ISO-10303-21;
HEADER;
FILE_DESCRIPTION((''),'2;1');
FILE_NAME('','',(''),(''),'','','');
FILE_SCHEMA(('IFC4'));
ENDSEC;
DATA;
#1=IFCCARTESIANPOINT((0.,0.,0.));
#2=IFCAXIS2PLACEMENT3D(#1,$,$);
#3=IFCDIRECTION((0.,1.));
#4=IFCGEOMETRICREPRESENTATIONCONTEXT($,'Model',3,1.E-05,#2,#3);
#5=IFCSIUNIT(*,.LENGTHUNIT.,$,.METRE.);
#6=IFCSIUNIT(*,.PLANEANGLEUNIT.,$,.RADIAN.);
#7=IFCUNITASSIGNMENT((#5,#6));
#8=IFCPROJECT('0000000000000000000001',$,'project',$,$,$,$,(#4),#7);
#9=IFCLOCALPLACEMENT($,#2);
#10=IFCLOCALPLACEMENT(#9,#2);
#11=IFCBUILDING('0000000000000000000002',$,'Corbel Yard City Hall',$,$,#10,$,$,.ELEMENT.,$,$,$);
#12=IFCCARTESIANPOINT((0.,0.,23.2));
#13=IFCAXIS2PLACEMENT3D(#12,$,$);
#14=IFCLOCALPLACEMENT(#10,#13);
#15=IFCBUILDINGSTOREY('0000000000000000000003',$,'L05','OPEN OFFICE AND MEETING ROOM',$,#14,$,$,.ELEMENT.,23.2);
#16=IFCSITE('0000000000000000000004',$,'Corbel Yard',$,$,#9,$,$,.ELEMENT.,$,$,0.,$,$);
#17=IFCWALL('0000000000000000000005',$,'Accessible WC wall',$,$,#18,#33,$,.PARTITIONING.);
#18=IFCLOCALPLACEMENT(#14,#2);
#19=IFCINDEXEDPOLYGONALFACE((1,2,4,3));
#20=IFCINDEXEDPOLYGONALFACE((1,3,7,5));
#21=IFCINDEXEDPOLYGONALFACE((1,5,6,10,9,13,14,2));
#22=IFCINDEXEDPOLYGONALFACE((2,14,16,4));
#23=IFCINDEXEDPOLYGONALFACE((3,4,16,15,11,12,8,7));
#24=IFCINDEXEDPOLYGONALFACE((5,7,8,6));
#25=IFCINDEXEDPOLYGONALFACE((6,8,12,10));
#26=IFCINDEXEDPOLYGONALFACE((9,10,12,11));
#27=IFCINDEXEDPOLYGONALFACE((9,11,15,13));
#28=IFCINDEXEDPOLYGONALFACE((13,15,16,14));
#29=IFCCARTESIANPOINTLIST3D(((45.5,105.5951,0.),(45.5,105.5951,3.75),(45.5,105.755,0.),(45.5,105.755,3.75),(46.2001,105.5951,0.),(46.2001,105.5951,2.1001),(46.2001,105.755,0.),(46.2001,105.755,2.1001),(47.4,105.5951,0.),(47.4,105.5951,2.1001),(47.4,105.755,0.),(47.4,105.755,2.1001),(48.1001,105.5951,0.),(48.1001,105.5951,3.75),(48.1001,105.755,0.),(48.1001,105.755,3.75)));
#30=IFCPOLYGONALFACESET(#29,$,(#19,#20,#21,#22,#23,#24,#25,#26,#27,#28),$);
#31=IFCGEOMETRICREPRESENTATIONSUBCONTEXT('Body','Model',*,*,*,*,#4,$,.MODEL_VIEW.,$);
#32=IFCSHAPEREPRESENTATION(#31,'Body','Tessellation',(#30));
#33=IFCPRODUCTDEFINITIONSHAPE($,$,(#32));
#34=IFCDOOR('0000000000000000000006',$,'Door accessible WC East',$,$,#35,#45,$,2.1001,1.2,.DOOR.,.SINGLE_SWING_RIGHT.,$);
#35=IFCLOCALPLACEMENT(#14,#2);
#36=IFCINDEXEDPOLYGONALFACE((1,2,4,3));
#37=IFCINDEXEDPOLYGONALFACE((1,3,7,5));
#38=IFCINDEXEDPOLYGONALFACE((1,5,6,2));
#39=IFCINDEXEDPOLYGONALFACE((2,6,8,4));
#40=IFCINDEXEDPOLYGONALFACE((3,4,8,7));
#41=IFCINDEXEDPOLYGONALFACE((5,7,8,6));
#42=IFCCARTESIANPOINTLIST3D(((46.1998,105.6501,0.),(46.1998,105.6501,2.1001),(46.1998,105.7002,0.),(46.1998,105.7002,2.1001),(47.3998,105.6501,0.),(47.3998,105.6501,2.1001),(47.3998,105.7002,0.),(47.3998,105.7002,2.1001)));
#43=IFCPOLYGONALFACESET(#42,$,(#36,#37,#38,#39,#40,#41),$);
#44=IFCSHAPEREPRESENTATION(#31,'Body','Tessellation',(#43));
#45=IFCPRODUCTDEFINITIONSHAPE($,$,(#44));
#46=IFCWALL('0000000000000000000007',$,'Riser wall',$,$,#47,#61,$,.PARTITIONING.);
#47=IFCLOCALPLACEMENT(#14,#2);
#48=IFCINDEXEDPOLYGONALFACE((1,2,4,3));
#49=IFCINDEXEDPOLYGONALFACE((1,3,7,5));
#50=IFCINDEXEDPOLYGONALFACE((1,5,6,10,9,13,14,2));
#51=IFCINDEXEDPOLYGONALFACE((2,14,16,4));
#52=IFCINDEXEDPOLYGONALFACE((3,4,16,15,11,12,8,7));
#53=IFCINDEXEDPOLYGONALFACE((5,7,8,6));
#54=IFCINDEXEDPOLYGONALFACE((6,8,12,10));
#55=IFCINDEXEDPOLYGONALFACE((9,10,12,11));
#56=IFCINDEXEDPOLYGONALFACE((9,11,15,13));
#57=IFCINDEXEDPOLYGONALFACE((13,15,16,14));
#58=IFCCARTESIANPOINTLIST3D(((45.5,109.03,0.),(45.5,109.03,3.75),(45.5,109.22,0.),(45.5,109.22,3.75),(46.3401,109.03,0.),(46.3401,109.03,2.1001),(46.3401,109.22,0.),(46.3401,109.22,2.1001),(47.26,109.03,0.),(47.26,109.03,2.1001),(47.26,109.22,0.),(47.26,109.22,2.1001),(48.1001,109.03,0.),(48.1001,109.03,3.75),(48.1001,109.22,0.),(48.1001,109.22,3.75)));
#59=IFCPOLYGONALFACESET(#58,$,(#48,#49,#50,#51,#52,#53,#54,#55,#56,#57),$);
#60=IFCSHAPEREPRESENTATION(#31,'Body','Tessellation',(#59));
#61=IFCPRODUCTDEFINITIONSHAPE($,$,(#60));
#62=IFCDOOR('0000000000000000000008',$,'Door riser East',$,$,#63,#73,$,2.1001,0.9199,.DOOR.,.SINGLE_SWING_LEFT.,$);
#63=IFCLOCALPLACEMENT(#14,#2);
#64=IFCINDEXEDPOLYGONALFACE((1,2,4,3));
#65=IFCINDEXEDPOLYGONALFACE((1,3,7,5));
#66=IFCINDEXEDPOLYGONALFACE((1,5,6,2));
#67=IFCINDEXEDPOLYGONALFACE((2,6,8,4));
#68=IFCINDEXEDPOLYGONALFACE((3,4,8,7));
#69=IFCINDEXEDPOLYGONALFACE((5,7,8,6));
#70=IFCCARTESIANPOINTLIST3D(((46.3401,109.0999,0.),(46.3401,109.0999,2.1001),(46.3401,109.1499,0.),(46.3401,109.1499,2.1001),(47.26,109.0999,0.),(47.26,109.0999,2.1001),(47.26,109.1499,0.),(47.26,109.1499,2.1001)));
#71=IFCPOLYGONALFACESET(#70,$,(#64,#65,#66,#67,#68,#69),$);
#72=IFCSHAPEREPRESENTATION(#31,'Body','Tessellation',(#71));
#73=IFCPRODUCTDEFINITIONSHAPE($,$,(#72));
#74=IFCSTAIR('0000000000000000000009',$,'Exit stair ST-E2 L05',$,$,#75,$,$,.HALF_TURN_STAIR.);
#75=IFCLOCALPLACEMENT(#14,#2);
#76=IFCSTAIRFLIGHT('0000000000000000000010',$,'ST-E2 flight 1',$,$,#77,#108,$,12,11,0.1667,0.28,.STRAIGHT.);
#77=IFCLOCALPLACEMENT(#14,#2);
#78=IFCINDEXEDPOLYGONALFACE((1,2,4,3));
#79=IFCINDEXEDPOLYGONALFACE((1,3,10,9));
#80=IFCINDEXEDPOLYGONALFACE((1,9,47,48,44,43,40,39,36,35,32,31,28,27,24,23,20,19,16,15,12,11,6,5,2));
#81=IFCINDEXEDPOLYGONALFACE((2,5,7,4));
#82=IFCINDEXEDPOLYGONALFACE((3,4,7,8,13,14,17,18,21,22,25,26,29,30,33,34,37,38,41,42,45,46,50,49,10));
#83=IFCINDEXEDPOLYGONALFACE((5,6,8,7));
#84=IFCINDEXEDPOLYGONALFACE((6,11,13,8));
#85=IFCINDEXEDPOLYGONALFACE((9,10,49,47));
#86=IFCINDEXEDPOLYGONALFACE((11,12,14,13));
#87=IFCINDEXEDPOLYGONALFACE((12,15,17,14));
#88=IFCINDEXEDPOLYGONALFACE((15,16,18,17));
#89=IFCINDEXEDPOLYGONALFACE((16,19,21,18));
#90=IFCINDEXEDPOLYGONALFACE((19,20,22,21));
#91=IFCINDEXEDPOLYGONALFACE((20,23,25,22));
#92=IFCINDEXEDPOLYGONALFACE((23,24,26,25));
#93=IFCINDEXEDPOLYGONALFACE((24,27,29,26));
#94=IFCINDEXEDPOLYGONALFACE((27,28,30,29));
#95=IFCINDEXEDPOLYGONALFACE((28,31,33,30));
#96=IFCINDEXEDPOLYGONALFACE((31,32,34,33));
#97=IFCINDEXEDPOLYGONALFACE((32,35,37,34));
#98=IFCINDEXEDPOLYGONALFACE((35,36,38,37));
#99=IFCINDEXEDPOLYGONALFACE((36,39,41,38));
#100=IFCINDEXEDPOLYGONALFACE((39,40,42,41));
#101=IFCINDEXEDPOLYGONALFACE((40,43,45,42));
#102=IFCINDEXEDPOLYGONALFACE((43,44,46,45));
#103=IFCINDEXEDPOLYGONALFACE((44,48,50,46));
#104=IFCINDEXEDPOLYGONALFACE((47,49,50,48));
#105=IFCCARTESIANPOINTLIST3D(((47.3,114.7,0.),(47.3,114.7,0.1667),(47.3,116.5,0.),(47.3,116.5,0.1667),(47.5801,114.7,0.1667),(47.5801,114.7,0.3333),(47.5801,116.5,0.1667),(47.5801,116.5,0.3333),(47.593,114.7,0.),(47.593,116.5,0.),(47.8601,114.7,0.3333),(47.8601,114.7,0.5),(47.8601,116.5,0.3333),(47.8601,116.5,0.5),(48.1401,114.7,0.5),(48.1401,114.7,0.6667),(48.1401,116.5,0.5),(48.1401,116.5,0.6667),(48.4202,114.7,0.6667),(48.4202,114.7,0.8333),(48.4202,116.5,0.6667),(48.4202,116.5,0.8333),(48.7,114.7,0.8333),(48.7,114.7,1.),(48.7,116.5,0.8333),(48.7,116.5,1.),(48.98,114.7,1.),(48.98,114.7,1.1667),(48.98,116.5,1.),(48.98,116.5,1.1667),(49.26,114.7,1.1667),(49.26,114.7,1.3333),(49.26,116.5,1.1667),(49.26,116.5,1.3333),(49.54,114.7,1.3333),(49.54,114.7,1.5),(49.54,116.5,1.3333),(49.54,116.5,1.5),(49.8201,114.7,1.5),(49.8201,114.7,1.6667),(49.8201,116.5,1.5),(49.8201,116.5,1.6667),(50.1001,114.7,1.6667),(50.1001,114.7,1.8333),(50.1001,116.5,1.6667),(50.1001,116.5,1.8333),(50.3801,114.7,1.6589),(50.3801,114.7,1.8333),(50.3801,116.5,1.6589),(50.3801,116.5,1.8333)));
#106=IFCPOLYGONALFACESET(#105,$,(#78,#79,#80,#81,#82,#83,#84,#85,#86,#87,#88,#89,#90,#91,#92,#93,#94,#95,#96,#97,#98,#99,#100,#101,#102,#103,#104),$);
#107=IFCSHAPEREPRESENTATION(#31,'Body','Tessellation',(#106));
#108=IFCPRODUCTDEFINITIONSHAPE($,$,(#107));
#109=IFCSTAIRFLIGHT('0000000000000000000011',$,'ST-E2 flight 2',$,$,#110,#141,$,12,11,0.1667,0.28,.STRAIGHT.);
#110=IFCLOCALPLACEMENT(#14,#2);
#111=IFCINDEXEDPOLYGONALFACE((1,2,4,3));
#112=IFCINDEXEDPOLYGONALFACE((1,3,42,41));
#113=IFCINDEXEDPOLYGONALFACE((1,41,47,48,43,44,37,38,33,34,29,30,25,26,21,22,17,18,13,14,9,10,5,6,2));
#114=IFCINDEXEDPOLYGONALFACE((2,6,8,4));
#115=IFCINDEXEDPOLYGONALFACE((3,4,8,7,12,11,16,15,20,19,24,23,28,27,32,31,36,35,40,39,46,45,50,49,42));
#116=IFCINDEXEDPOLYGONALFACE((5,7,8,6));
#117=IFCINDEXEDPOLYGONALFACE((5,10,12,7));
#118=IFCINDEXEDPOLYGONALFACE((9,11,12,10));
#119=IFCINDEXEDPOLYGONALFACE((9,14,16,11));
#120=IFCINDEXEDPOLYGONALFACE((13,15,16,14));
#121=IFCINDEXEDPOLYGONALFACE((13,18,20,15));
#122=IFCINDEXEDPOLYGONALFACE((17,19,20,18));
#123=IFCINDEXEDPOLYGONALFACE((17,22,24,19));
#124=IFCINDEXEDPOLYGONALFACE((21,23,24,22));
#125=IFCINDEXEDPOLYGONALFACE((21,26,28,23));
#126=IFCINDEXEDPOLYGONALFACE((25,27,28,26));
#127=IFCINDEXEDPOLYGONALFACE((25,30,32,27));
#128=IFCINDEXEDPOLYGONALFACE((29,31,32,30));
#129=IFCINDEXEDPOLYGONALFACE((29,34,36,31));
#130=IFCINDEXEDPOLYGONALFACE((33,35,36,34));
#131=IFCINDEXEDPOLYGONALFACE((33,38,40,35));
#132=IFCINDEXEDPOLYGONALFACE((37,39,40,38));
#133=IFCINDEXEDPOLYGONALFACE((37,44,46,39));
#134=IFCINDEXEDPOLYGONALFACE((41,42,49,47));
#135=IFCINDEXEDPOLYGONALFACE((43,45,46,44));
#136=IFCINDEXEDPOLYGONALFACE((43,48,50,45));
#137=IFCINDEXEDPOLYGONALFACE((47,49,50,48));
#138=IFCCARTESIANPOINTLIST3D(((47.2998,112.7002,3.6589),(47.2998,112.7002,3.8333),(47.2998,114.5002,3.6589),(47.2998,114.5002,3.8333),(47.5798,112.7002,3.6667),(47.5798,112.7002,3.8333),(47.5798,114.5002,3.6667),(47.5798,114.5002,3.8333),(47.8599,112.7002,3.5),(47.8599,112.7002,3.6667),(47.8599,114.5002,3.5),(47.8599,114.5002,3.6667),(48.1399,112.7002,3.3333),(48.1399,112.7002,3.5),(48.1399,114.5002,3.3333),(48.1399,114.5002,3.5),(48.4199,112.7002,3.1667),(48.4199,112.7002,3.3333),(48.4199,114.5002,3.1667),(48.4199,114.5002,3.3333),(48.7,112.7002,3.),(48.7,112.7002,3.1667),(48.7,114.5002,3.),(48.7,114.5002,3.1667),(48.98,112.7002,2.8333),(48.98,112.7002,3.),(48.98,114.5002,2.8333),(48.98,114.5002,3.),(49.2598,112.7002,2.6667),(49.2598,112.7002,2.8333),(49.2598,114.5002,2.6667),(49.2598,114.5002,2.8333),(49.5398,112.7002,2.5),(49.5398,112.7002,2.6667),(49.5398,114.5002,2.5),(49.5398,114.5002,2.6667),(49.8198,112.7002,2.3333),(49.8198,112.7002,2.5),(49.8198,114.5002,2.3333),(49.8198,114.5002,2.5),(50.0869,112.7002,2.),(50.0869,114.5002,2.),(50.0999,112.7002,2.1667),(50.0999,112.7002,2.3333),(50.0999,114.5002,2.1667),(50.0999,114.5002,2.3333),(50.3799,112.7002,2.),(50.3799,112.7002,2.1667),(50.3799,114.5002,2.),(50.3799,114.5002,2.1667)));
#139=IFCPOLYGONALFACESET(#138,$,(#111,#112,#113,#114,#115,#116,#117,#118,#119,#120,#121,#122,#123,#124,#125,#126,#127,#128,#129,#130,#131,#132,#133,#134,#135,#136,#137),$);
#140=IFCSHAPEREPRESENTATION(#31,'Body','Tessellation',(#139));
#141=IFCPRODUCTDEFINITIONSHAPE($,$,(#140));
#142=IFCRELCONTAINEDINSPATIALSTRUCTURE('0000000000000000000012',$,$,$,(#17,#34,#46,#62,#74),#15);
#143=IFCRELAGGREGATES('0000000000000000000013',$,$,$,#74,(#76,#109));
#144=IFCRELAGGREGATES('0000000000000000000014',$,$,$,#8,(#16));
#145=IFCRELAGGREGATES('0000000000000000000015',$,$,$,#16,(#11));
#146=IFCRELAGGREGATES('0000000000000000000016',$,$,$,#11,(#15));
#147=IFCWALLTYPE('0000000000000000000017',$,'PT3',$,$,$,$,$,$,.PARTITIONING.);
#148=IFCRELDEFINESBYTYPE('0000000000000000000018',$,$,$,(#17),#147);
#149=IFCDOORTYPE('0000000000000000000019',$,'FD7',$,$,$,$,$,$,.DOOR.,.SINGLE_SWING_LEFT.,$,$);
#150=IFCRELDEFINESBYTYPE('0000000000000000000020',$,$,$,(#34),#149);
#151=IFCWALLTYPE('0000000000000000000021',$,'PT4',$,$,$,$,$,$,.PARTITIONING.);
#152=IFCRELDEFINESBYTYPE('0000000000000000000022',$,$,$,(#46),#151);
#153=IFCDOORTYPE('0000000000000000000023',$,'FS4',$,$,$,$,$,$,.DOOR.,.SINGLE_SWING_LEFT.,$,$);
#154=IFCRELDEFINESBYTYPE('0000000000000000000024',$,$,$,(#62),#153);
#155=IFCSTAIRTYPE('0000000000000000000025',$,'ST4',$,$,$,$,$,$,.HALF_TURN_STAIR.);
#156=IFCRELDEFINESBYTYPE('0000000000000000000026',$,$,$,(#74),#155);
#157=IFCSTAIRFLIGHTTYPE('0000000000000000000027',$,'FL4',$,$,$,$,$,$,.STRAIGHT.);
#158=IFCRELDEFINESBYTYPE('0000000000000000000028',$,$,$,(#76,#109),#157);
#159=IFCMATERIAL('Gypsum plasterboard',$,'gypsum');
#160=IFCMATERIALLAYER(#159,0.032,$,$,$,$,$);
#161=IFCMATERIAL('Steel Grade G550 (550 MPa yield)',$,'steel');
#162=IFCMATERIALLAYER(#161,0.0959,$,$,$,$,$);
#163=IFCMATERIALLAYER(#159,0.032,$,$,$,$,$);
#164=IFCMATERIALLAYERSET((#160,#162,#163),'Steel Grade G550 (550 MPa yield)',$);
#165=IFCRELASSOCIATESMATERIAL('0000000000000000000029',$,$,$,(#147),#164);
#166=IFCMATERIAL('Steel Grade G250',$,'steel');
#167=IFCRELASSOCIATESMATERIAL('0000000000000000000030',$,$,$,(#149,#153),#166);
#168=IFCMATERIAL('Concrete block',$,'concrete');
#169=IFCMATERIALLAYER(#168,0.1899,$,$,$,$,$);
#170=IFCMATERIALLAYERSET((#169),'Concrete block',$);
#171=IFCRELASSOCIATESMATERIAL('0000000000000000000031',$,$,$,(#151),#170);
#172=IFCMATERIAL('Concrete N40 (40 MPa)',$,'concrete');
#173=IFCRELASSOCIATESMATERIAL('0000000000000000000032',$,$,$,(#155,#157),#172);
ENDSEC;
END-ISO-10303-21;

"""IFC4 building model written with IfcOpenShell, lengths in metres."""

from ifc_helpers import new_model, si_unit, direction, frame, frame_2d, origin, place, context, subcontext, project, spatial, polyline, rectangle, outline, extrude, material, layer, layer_set, type_object, element, fill, aggregate, save


model = new_model("IFC4")

# Units and contexts
model_context = context("Model", 3, precision=1e-05, world=origin(), true_north=direction((0.0, 1.0)))
body_context = subcontext(model_context, "Body", "Model", "MODEL_VIEW")
ifc_project = project(units=[si_unit("LENGTHUNIT", "METRE"), si_unit("PLANEANGLEUNIT", "RADIAN")], contexts=[model_context])

# Site, building, storey
site_placement = place(None, origin())
site = spatial("IfcSite", under=ifc_project, at=site_placement, Name="Corbel Yard", CompositionType="ELEMENT", RefElevation=0.0)
building_placement = place(site_placement, origin())
building = spatial("IfcBuilding", under=site, at=building_placement, Name="Corbel Yard City Hall", CompositionType="ELEMENT")
storey_placement = place(building_placement, frame((0.0, 0.0, 23.2)))
storey = spatial("IfcBuildingStorey", under=building, at=storey_placement, Name="L05", Description="OPEN OFFICE AND MEETING ROOM", CompositionType="ELEMENT", Elevation=23.2)

# Shared definitions
ifc_material_1 = material(Name="Concrete N40 (40 MPa)", Category="concrete")

# Walls, openings, doors
ifc_material_2 = material(Name="Gypsum plasterboard", Category="gypsum")
ifc_material_3 = material(Name="Steel Grade G550 (550 MPa yield)", Category="steel")
ifc_layer_1 = layer(ifc_material_2, 0.032)
ifc_layer_2 = layer(ifc_material_3, 0.0959)
ifc_layer_3 = layer(ifc_material_2, 0.032)
ifc_layer_set_1 = layer_set([ifc_layer_1, ifc_layer_2, ifc_layer_3], Name="Steel Grade G550 (550 MPa yield)")
wall_type_1 = type_object("IfcWallType", Name="PT3", PredefinedType="PARTITIONING", material=ifc_layer_set_1)
wall_1_placement = place(storey_placement, frame((45.5, 105.675, 0.0), z_axis=(0.0, 0.0, 1.0), x_axis=(1.0, 0.0, 0.0)))
wall_1 = element("IfcWall", 1, at=wall_1_placement, inside=storey, type_object=wall_type_1, Name="Accessible WC wall", PredefinedType="PARTITIONING", context=body_context, shape_type="SweptSolid", body=[
    extrude(rectangle(XDim=2.6001, YDim=0.1599, at=frame_2d((1.3, 0.0))), origin(), (0.0, 0.0, 1.0), 3.75),
])
opening_1_placement = place(wall_1_placement, frame((0.7, 0.0, 0.0)))
opening_1 = element("IfcOpeningElement", 2, at=opening_1_placement, cuts=wall_1, PredefinedType="OPENING", context=body_context, shape_type="SweptSolid", body=[
    extrude(rectangle(XDim=1.2, YDim=2.1001, at=frame_2d((0.6001, 1.05))), frame((0.0, 0.0898, 0.0), z_axis=(0.0, -1.0, 0.0), x_axis=(1.0, 0.0, 0.0)), (0.0, 0.0, 1.0), 0.1799),
])
ifc_material_4 = material(Name="Steel Grade G250", Category="steel")
door_type_1 = type_object("IfcDoorType", Name="FD7", OperationType="SINGLE_SWING_LEFT", PredefinedType="DOOR", material=ifc_material_4)
door_1_placement = place(opening_1_placement, frame((1.2, 0.0, 0.0), z_axis=(0.0, 0.0, 1.0), x_axis=(-1.0, 0.0, 0.0)))
door_1 = element("IfcDoor", 3, at=door_1_placement, inside=storey, type_object=door_type_1, Name="Door accessible WC East", OperationType="SINGLE_SWING_RIGHT", OverallHeight=2.1001, OverallWidth=1.2, PredefinedType="DOOR", context=body_context, shape_type="SweptSolid", body=[
    extrude(rectangle(XDim=1.2, YDim=2.1001, at=frame_2d((0.6001, 1.05))), frame((0.0, 0.0249, 0.0), z_axis=(0.0, -1.0, 0.0), x_axis=(1.0, 0.0, 0.0)), (0.0, 0.0, 1.0), 0.05),
])
fill(opening_1, door_1)
ifc_material_5 = material(Name="Concrete block", Category="concrete")
ifc_layer_4 = layer(ifc_material_5, 0.1899)
ifc_layer_set_2 = layer_set([ifc_layer_4], Name="Concrete block")
wall_type_2 = type_object("IfcWallType", Name="PT4", PredefinedType="PARTITIONING", material=ifc_layer_set_2)
wall_2_placement = place(storey_placement, frame((45.5, 109.125, 0.0), z_axis=(0.0, 0.0, 1.0), x_axis=(1.0, 0.0, 0.0)))
wall_2 = element("IfcWall", 4, at=wall_2_placement, inside=storey, type_object=wall_type_2, Name="Riser wall", PredefinedType="PARTITIONING", context=body_context, shape_type="SweptSolid", body=[
    extrude(rectangle(XDim=2.6001, YDim=0.1899, at=frame_2d((1.3, 0.0))), origin(), (0.0, 0.0, 1.0), 3.75),
])
opening_2_placement = place(wall_2_placement, frame((0.8401, 0.0, 0.0)))
opening_2 = element("IfcOpeningElement", 5, at=opening_2_placement, cuts=wall_2, PredefinedType="OPENING", context=body_context, shape_type="SweptSolid", body=[
    extrude(rectangle(XDim=0.9199, YDim=2.1001, at=frame_2d((0.46, 1.05))), frame((0.0, 0.105, 0.0), z_axis=(0.0, -1.0, 0.0), x_axis=(1.0, 0.0, 0.0)), (0.0, 0.0, 1.0), 0.21),
])
door_type_2 = type_object("IfcDoorType", Name="FS4", OperationType="SINGLE_SWING_LEFT", PredefinedType="DOOR", material=ifc_material_4)
door_2_placement = place(opening_2_placement, origin())
door_2 = element("IfcDoor", 6, at=door_2_placement, inside=storey, type_object=door_type_2, Name="Door riser East", OperationType="SINGLE_SWING_LEFT", OverallHeight=2.1001, OverallWidth=0.9199, PredefinedType="DOOR", context=body_context, shape_type="SweptSolid", body=[
    extrude(rectangle(XDim=0.9199, YDim=2.1001, at=frame_2d((0.46, 1.05))), frame((0.0, 0.0249, 0.0), z_axis=(0.0, -1.0, 0.0), x_axis=(1.0, 0.0, 0.0)), (0.0, 0.0, 1.0), 0.05),
])
fill(opening_2, door_2)

# Stair, stair flights
stair_type = type_object("IfcStairType", Name="ST4", PredefinedType="HALF_TURN_STAIR", material=ifc_material_1)
stair_placement = place(storey_placement, origin())
stair = element("IfcStair", 7, at=stair_placement, inside=storey, type_object=stair_type, Name="Exit stair ST-E2 L05", PredefinedType="HALF_TURN_STAIR")
stair_flight_type = type_object("IfcStairFlightType", Name="FL4", PredefinedType="STRAIGHT", material=ifc_material_1)
stair_flight_1_placement = place(storey_placement, frame((47.3, 115.6001, 0.0), z_axis=(0.0, 0.0, 1.0), x_axis=(1.0, 0.0, 0.0)))
stair_flight_1 = element("IfcStairFlight", 8, at=stair_flight_1_placement, type_object=stair_flight_type, Name="ST-E2 flight 1", NumberOfRisers=12, NumberOfTreads=11, PredefinedType="STRAIGHT", RiserHeight=0.1667, TreadLength=0.28, context=body_context, shape_type="SweptSolid", body=[
    extrude(outline(polyline([(0.0, 0.0), (0.0, 0.1667), (0.28, 0.1667), (0.28, 0.3333), (0.5601, 0.3333), (0.5601, 0.5), (0.8401, 0.5), (0.8401, 0.6667), (1.1201, 0.6667), (1.1201, 0.8333), (1.3999, 0.8333), (1.3999, 1.0), (1.6799, 1.0), (1.6799, 1.1667), (1.96, 1.1667), (1.96, 1.3333), (2.24, 1.3333), (2.24, 1.5), (2.52, 1.5), (2.52, 1.6667), (2.8, 1.6667), (2.8, 1.8333), (3.0801, 1.8333), (3.0801, 2.0), (3.0801, 1.6589), (0.293, 0.0), (0.0, 0.0)])), frame((0.0, 0.8999, 0.0), z_axis=(0.0, -1.0, 0.0), x_axis=(1.0, 0.0, 0.0)), (0.0, 0.0, 1.0), 1.8),
])
stair_flight_2_placement = place(storey_placement, frame((50.3799, 113.6001, 2.0), z_axis=(0.0, 0.0, 1.0), x_axis=(-1.0, 0.0, 0.0)))
stair_flight_2 = element("IfcStairFlight", 9, at=stair_flight_2_placement, type_object=stair_flight_type, Name="ST-E2 flight 2", NumberOfRisers=12, NumberOfTreads=11, PredefinedType="STRAIGHT", RiserHeight=0.1667, TreadLength=0.28, context=body_context, shape_type="SweptSolid", body=[
    extrude(outline(polyline([(0.0, 0.0), (0.0, 0.1667), (0.28, 0.1667), (0.28, 0.3333), (0.5601, 0.3333), (0.5601, 0.5), (0.8401, 0.5), (0.8401, 0.6667), (1.1201, 0.6667), (1.1201, 0.8333), (1.3999, 0.8333), (1.3999, 1.0), (1.6799, 1.0), (1.6799, 1.1667), (1.96, 1.1667), (1.96, 1.3333), (2.24, 1.3333), (2.24, 1.5), (2.52, 1.5), (2.52, 1.6667), (2.8, 1.6667), (2.8, 1.8333), (3.0801, 1.8333), (3.0801, 2.0), (3.0801, 1.6589), (0.293, 0.0), (0.0, 0.0)])), frame((0.0, 0.8999, 0.0), z_axis=(0.0, -1.0, 0.0), x_axis=(1.0, 0.0, 0.0)), (0.0, 0.0, 1.0), 1.8),
])
aggregate(stair, [stair_flight_1, stair_flight_2])

save(model, "model.ifc")
